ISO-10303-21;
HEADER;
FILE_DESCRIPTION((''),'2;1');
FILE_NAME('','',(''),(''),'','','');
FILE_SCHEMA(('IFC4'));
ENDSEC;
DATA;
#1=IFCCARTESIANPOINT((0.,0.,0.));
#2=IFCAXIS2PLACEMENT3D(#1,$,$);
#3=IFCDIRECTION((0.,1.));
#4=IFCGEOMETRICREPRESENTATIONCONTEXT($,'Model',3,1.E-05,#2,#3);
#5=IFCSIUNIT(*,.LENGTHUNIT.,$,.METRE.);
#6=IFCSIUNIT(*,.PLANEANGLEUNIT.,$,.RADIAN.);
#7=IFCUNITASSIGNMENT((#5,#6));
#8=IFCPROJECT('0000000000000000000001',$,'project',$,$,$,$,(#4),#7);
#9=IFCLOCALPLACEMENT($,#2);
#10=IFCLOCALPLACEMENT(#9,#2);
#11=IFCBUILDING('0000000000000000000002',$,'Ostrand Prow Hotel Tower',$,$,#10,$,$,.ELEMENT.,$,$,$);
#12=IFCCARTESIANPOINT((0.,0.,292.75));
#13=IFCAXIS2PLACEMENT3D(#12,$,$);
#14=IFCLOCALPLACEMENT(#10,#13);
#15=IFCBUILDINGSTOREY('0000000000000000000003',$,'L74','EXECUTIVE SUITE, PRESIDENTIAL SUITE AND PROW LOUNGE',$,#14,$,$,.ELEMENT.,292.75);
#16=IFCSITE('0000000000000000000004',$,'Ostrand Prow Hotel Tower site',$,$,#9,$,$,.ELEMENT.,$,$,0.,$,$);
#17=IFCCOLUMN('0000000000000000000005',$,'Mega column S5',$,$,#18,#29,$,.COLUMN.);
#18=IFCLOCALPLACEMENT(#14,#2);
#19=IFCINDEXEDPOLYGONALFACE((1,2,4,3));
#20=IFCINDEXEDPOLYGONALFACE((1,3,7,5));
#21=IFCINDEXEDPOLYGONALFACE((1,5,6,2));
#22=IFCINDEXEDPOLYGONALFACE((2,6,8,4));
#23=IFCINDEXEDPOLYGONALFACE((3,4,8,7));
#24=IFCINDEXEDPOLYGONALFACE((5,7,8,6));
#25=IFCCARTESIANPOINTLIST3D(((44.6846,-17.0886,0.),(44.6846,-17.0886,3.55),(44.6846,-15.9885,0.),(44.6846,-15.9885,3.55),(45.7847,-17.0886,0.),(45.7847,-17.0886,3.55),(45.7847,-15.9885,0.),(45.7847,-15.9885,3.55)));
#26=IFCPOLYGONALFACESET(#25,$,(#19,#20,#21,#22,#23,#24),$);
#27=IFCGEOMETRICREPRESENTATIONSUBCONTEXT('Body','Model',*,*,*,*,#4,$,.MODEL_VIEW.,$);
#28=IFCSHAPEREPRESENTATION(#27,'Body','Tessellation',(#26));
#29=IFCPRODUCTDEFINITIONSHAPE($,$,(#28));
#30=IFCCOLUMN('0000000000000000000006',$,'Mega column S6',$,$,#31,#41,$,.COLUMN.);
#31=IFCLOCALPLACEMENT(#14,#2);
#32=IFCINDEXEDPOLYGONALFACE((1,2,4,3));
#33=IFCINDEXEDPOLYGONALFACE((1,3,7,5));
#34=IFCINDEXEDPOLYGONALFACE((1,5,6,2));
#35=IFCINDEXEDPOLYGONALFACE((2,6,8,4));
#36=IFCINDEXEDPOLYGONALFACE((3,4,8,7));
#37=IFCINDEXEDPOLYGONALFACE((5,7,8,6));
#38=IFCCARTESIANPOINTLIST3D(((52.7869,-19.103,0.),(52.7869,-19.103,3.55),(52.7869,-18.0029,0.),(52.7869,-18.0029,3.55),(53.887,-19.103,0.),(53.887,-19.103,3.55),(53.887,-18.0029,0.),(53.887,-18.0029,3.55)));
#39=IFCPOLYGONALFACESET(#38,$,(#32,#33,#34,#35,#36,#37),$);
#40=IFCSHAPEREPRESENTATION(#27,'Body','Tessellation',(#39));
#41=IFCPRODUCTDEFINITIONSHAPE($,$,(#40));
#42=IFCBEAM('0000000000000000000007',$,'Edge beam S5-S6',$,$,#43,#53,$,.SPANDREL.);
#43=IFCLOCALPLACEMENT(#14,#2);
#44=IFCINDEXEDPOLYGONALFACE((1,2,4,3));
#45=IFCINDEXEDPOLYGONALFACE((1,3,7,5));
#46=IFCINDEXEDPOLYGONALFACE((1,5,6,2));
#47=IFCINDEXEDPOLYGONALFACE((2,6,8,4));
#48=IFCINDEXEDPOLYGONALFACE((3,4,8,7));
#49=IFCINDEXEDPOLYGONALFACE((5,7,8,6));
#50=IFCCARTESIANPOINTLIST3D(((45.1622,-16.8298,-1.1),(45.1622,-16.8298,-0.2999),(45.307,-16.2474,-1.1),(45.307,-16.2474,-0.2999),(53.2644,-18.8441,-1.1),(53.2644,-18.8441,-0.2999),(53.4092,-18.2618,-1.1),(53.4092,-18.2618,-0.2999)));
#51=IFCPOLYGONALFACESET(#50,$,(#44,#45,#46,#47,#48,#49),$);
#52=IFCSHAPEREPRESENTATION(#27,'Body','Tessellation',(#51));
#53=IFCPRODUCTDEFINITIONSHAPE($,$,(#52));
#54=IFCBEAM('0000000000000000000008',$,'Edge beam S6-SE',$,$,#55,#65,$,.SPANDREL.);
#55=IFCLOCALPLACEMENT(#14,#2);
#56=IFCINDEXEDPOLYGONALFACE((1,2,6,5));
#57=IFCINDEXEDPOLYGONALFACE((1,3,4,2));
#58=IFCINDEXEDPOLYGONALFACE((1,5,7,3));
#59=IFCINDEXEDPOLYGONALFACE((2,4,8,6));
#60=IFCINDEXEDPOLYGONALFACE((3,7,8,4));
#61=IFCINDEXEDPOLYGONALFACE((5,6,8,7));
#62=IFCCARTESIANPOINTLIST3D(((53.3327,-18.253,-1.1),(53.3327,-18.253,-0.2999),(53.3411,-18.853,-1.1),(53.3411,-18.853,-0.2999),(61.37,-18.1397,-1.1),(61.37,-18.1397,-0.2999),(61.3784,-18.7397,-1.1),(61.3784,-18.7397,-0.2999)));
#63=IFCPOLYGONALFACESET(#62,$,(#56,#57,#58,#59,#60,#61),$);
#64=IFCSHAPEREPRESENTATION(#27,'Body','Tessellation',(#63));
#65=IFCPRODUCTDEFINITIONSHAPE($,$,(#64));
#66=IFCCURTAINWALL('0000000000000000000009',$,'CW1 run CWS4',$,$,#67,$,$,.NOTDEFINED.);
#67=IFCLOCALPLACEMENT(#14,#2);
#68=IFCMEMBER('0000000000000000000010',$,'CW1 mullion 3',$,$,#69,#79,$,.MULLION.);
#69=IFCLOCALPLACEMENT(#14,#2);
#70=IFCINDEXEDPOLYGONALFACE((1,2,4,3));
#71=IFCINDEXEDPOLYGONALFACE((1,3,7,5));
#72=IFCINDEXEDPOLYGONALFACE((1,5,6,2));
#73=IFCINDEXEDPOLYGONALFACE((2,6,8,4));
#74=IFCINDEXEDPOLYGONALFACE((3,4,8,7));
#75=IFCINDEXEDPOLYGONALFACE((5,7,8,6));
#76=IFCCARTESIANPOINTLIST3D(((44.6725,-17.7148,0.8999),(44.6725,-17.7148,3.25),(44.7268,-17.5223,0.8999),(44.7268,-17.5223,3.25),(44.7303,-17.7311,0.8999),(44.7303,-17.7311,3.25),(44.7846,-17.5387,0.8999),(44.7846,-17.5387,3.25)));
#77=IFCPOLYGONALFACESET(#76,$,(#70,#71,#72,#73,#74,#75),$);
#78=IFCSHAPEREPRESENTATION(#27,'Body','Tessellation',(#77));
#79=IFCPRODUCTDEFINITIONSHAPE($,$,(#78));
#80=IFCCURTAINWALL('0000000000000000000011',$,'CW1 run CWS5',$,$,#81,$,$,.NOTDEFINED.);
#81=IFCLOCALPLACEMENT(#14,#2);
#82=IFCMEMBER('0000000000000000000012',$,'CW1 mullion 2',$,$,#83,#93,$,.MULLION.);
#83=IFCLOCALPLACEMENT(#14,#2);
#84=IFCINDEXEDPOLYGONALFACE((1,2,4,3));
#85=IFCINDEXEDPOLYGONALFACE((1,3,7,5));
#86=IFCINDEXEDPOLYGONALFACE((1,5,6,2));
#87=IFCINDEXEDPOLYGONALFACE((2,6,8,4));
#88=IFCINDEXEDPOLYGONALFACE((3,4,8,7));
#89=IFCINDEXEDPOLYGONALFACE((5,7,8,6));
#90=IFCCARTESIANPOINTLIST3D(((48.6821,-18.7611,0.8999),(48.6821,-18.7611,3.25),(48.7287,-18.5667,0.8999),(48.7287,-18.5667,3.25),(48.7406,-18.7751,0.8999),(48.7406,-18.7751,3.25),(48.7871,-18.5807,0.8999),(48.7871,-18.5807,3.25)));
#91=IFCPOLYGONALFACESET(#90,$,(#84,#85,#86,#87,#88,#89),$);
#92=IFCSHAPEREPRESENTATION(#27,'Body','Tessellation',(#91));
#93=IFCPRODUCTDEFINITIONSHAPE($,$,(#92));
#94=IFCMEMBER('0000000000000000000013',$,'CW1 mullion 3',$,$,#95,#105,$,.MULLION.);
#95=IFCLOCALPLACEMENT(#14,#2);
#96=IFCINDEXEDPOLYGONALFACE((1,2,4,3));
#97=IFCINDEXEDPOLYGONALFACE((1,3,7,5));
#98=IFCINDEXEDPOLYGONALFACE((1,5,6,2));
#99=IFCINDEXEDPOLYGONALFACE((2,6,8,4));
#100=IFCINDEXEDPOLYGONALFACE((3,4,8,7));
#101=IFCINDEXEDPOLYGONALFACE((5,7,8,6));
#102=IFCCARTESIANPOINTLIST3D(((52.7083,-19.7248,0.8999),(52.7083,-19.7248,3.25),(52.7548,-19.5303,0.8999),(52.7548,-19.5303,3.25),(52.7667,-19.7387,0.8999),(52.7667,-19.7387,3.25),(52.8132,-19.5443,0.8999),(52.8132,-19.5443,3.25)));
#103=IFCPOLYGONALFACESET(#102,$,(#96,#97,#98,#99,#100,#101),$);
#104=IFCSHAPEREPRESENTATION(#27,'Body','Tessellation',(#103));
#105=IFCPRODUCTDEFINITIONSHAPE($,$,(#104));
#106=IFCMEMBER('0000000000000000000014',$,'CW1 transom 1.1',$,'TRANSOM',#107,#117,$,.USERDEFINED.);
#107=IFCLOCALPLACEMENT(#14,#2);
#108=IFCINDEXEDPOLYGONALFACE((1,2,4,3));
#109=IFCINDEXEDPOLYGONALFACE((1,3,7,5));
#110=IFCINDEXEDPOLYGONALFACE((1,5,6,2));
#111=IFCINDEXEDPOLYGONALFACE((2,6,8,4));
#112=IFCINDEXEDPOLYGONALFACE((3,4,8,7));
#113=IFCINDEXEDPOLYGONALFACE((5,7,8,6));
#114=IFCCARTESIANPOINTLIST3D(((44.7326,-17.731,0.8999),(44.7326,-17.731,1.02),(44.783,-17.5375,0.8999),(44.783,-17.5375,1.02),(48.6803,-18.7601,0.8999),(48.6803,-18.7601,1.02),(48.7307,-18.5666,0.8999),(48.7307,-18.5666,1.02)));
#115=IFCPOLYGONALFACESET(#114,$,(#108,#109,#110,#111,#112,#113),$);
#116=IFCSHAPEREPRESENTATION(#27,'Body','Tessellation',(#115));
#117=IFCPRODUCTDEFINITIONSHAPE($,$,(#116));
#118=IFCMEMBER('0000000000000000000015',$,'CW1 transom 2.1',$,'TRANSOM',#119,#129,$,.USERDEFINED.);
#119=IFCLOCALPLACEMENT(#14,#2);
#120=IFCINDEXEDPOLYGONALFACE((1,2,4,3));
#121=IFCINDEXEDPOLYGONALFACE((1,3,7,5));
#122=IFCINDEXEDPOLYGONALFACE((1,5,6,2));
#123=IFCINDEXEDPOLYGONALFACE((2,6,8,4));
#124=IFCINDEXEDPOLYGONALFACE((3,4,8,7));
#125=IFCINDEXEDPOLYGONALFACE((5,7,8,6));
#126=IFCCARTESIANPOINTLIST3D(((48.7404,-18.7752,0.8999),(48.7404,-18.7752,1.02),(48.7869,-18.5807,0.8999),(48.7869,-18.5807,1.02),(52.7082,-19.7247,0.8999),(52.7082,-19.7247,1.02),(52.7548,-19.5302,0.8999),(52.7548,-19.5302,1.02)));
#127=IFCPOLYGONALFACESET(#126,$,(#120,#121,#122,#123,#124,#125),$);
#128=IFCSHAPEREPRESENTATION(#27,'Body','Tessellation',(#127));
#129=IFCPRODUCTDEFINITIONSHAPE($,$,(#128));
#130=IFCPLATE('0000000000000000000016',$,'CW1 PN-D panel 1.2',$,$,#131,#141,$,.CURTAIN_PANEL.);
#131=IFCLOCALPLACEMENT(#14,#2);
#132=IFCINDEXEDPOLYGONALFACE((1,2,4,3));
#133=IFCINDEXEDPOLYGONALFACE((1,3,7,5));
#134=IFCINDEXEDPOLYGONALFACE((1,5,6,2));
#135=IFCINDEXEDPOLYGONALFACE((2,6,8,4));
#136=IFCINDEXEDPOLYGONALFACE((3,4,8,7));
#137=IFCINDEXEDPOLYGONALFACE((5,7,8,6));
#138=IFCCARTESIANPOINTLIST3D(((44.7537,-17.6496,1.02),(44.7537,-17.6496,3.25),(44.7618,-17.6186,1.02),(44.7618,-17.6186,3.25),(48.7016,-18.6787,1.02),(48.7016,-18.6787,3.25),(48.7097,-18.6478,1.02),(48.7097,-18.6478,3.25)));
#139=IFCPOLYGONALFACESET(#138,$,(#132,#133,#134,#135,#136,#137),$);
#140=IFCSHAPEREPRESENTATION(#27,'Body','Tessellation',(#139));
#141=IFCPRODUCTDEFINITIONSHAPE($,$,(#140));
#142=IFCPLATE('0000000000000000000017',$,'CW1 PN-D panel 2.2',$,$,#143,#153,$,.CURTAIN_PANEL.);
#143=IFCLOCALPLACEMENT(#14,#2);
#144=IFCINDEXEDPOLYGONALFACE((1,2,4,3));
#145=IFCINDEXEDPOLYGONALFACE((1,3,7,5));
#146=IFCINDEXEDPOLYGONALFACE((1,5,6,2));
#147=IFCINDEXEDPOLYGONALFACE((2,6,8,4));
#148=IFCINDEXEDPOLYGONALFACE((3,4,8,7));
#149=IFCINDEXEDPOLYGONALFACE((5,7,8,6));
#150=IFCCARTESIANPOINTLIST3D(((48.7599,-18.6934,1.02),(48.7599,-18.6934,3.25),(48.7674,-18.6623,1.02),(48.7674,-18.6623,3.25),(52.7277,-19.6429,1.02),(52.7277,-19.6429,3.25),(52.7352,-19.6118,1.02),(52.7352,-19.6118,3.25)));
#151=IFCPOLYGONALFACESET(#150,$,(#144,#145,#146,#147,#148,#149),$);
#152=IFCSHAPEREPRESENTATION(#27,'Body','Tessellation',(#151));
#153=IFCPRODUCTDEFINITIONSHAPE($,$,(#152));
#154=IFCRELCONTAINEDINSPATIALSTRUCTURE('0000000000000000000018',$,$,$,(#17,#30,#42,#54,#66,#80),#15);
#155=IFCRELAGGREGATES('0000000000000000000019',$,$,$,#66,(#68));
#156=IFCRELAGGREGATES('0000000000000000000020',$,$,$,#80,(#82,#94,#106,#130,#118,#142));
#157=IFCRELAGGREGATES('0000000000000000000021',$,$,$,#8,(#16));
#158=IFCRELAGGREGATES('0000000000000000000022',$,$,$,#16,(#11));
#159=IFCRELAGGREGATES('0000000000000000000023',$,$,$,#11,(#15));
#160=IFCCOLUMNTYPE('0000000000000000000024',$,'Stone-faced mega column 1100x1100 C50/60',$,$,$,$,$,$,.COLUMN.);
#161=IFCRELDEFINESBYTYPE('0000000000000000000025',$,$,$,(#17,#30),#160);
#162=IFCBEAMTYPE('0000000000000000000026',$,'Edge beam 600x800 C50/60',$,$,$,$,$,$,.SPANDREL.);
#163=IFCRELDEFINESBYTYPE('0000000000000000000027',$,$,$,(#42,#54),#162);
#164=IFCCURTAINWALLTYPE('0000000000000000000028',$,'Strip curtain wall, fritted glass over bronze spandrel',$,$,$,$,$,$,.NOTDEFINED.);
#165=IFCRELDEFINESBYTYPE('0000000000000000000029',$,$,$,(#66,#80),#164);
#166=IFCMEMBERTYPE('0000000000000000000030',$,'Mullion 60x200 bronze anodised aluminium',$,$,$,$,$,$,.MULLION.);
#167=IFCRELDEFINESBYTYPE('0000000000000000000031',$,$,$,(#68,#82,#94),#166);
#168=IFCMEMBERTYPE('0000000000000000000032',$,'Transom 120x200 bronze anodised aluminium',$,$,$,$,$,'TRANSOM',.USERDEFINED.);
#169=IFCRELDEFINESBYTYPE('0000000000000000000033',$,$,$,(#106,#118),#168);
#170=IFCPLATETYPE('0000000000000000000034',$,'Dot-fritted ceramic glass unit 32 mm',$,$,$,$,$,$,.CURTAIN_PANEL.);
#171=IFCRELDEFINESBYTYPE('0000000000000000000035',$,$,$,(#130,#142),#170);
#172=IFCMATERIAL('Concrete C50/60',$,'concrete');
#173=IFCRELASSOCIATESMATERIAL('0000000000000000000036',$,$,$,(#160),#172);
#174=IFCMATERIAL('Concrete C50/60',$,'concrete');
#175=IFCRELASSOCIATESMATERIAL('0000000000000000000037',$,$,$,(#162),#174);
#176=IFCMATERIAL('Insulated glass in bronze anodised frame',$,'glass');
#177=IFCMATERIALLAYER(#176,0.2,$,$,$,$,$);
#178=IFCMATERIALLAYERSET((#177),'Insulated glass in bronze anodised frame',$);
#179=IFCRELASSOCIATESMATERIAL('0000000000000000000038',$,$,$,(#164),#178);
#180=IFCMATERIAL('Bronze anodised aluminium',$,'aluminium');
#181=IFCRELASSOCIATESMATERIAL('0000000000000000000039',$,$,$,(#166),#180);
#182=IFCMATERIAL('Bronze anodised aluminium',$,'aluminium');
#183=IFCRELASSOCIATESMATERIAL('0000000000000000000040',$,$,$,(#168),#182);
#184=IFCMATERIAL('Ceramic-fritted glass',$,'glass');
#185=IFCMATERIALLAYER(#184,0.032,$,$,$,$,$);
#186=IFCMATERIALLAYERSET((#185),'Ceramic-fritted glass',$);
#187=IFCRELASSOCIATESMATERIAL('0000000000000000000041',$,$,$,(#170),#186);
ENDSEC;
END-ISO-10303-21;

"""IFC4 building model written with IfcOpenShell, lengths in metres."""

from ifc_helpers import new_model, si_unit, direction, frame, origin, origin_2d, place, context, subcontext, project, spatial, rectangle, extrude, material, layer, layer_set, material_profile, profile_set, type_object, element, aggregate, save


model = new_model("IFC4")

# Units and contexts
model_context = context("Model", 3, precision=1e-05, world=origin(), true_north=direction((0.0, 1.0)))
body_context = subcontext(model_context, "Body", "Model", "MODEL_VIEW")
ifc_project = project(units=[si_unit("LENGTHUNIT", "METRE"), si_unit("PLANEANGLEUNIT", "RADIAN")], contexts=[model_context])

# Site, building, storey
site_placement = place(None, origin())
site = spatial("IfcSite", under=ifc_project, at=site_placement, Name="Ostrand Prow Hotel Tower site", CompositionType="ELEMENT", RefElevation=0.0)
building_placement = place(site_placement, origin())
building = spatial("IfcBuilding", under=site, at=building_placement, Name="Ostrand Prow Hotel Tower", CompositionType="ELEMENT")
storey_placement = place(building_placement, frame((0.0, 0.0, 292.75)))
storey = spatial("IfcBuildingStorey", under=building, at=storey_placement, Name="L74", Description="EXECUTIVE SUITE, PRESIDENTIAL SUITE AND PROW LOUNGE", CompositionType="ELEMENT", Elevation=292.75)

# Columns
ifc_material_1 = material(Name="Concrete C50/60", Category="concrete")
ifc_material_profile_1 = material_profile(ifc_material_1, rectangle(XDim=1.1001, YDim=1.1001, at=origin_2d()), Name="RC 1100x1100")
ifc_profile_set_1 = profile_set([ifc_material_profile_1], Name="Concrete C50/60")
column_type = type_object("IfcColumnType", Name="Stone-faced mega column 1100x1100 C50/60", PredefinedType="COLUMN", material=ifc_profile_set_1)
for number, where, z_axis, x_axis, name in (
    (1, (45.2346, -16.5386, 0.0), (0.0, 0.0, 1.0), (1.0, 0.0, 0.0), "Mega column S5"),
    (2, (53.3369, -18.553, 0.0), (0.0, 0.0, 1.0), (1.0, 0.0, 0.0), "Mega column S6"),
):
    element("IfcColumn", number, at=place(storey_placement, frame(where, z_axis=z_axis, x_axis=x_axis)), inside=storey, type_object=column_type, Name=name, PredefinedType="COLUMN", context=body_context, shape_type="SweptSolid", body=[
        extrude(rectangle(XDim=1.1001, YDim=1.1001, at=origin_2d()), origin(), (0.0, 0.0, 1.0), 3.55),
    ])

# Beams
ifc_material_2 = material(Name="Concrete C50/60", Category="concrete")
ifc_material_profile_2 = material_profile(ifc_material_2, rectangle(XDim=0.6001, YDim=0.8, at=origin_2d()), Name="RC 600x800")
ifc_profile_set_2 = profile_set([ifc_material_profile_2], Name="Concrete C50/60")
beam_type = type_object("IfcBeamType", Name="Edge beam 600x800 C50/60", PredefinedType="SPANDREL", material=ifc_profile_set_2)
beam_1_placement = place(storey_placement, frame((45.2346, -16.5386, -0.7), z_axis=(0.970456, -0.241276, 0.0), x_axis=(0.241276, 0.970456, 0.0)))
element("IfcBeam", 3, at=beam_1_placement, inside=storey, type_object=beam_type, Name="Edge beam S5-S6", PredefinedType="SPANDREL", context=body_context, shape_type="SweptSolid", body=[
    extrude(rectangle(XDim=0.6001, YDim=0.8, at=origin_2d()), origin(), (0.0, 0.0, 1.0), 8.3489),
])
beam_2_placement = place(storey_placement, frame((53.3369, -18.553, -0.7), z_axis=(0.999901, 0.014093, 0.0), x_axis=(-0.014093, 0.999901, 0.0)))
element("IfcBeam", 4, at=beam_2_placement, inside=storey, type_object=beam_type, Name="Edge beam S6-SE", PredefinedType="SPANDREL", context=body_context, shape_type="SweptSolid", body=[
    extrude(rectangle(XDim=0.6001, YDim=0.8, at=origin_2d()), origin(), (0.0, 0.0, 1.0), 8.0381),
])

# Curtain wall, member
ifc_material_3 = material(Name="Insulated glass in bronze anodised frame", Category="glass")
ifc_layer_1 = layer(ifc_material_3, 0.2)
ifc_layer_set_1 = layer_set([ifc_layer_1], Name="Insulated glass in bronze anodised frame")
curtain_wall_type = type_object("IfcCurtainWallType", Name="Strip curtain wall, fritted glass over bronze spandrel", PredefinedType="NOTDEFINED", material=ifc_layer_set_1)
curtain_wall_1_placement = place(storey_placement, origin())
curtain_wall_1 = element("IfcCurtainWall", 5, at=curtain_wall_1_placement, inside=storey, type_object=curtain_wall_type, Name="CW1 run CWS4", PredefinedType="NOTDEFINED")
ifc_material_4 = material(Name="Bronze anodised aluminium", Category="aluminium")
ifc_material_profile_3 = material_profile(ifc_material_4, rectangle(XDim=0.2, YDim=0.0601, at=origin_2d()), Name="Mullion 60x200 bronze anodised aluminium")
ifc_profile_set_3 = profile_set([ifc_material_profile_3], Name="Bronze anodised aluminium")
member_type_1 = type_object("IfcMemberType", Name="Mullion 60x200 bronze anodised aluminium", PredefinedType="MULLION", material=ifc_profile_set_3)
member_1_placement = place(storey_placement, frame((44.7285, -17.6267, 0.8999), z_axis=(0.0, 0.0, 1.0), x_axis=(0.271649, 0.962396, 0.0)))
member_1 = element("IfcMember", 6, at=member_1_placement, type_object=member_type_1, Name="CW1 mullion 3", PredefinedType="MULLION", context=body_context, shape_type="SweptSolid", body=[
    extrude(rectangle(XDim=0.2, YDim=0.0601, at=origin_2d()), origin(), (0.0, 0.0, 1.0), 2.3501),
])
aggregate(curtain_wall_1, [member_1])

# Curtain wall, members, plates
curtain_wall_2_placement = place(storey_placement, origin())
curtain_wall_2 = element("IfcCurtainWall", 7, at=curtain_wall_2_placement, inside=storey, type_object=curtain_wall_type, Name="CW1 run CWS5", PredefinedType="NOTDEFINED")
member_2_placement = place(storey_placement, frame((48.7346, -18.6709, 0.8999), z_axis=(0.0, 0.0, 1.0), x_axis=(0.232746, 0.972538, 0.0)))
member_2 = element("IfcMember", 8, at=member_2_placement, type_object=member_type_1, Name="CW1 mullion 2", PredefinedType="MULLION", context=body_context, shape_type="SweptSolid", body=[
    extrude(rectangle(XDim=0.2, YDim=0.0601, at=origin_2d()), origin(), (0.0, 0.0, 1.0), 2.3501),
])
member_3_placement = place(storey_placement, frame((52.7607, -19.6345, 0.8999), z_axis=(0.0, 0.0, 1.0), x_axis=(0.232746, 0.972538, 0.0)))
member_3 = element("IfcMember", 9, at=member_3_placement, type_object=member_type_1, Name="CW1 mullion 3", PredefinedType="MULLION", context=body_context, shape_type="SweptSolid", body=[
    extrude(rectangle(XDim=0.2, YDim=0.0601, at=origin_2d()), origin(), (0.0, 0.0, 1.0), 2.3501),
])
ifc_material_5 = material(Name="Bronze anodised aluminium", Category="aluminium")
ifc_material_profile_4 = material_profile(ifc_material_5, rectangle(XDim=0.2, YDim=0.1201, at=origin_2d()), Name="Transom 120x200 bronze anodised aluminium")
ifc_profile_set_4 = profile_set([ifc_material_profile_4], Name="Bronze anodised aluminium")
member_type_2 = type_object("IfcMemberType", Name="Transom 120x200 bronze anodised aluminium", ElementType="TRANSOM", PredefinedType="USERDEFINED", material=ifc_profile_set_4)
member_4_placement = place(storey_placement, frame((44.7578, -17.6343, 0.96), z_axis=(0.967665, -0.252239, 0.0), x_axis=(0.252239, 0.967665, 0.0)))
member_4 = element("IfcMember", 10, at=member_4_placement, type_object=member_type_2, Name="CW1 transom 1.1", ObjectType="TRANSOM", PredefinedType="USERDEFINED", context=body_context, shape_type="SweptSolid", body=[
    extrude(rectangle(XDim=0.2, YDim=0.1201, at=origin_2d()), origin(), (0.0, 0.0, 1.0), 4.0796),
])
member_5_placement = place(storey_placement, frame((48.7637, -18.678, 0.96), z_axis=(0.972543, -0.232723, 0.0), x_axis=(0.232723, 0.972543, 0.0)))
member_5 = element("IfcMember", 11, at=member_5_placement, type_object=member_type_2, Name="CW1 transom 2.1", ObjectType="TRANSOM", PredefinedType="USERDEFINED", context=body_context, shape_type="SweptSolid", body=[
    extrude(rectangle(XDim=0.2, YDim=0.1201, at=origin_2d()), origin(), (0.0, 0.0, 1.0), 4.0798),
])
ifc_material_6 = material(Name="Ceramic-fritted glass", Category="glass")
ifc_layer_2 = layer(ifc_material_6, 0.032)
ifc_layer_set_2 = layer_set([ifc_layer_2], Name="Ceramic-fritted glass")
plate_type = type_object("IfcPlateType", Name="Dot-fritted ceramic glass unit 32 mm", PredefinedType="CURTAIN_PANEL", material=ifc_layer_set_2)
plate_1_placement = place(storey_placement, frame((46.7317, -18.1487, 1.02), z_axis=(0.0, 0.0, 1.0), x_axis=(0.967663, -0.252248, 0.0)))
plate_1 = element("IfcPlate", 12, at=plate_1_placement, type_object=plate_type, Name="CW1 PN-D panel 1.2", PredefinedType="CURTAIN_PANEL", context=body_context, shape_type="SweptSolid", body=[
    extrude(rectangle(XDim=4.0798, YDim=0.032, at=origin_2d()), origin(), (0.0, 0.0, 1.0), 2.23),
])
plate_2_placement = place(storey_placement, frame((50.7476, -19.1526, 1.02), z_axis=(0.0, 0.0, 1.0), x_axis=(0.972538, -0.232746, 0.0)))
plate_2 = element("IfcPlate", 13, at=plate_2_placement, type_object=plate_type, Name="CW1 PN-D panel 2.2", PredefinedType="CURTAIN_PANEL", context=body_context, shape_type="SweptSolid", body=[
    extrude(rectangle(XDim=4.0798, YDim=0.032, at=origin_2d()), origin(), (0.0, 0.0, 1.0), 2.23),
])
aggregate(curtain_wall_2, [member_2, member_3, member_4, plate_1, member_5, plate_2])

save(model, "model.ifc")
